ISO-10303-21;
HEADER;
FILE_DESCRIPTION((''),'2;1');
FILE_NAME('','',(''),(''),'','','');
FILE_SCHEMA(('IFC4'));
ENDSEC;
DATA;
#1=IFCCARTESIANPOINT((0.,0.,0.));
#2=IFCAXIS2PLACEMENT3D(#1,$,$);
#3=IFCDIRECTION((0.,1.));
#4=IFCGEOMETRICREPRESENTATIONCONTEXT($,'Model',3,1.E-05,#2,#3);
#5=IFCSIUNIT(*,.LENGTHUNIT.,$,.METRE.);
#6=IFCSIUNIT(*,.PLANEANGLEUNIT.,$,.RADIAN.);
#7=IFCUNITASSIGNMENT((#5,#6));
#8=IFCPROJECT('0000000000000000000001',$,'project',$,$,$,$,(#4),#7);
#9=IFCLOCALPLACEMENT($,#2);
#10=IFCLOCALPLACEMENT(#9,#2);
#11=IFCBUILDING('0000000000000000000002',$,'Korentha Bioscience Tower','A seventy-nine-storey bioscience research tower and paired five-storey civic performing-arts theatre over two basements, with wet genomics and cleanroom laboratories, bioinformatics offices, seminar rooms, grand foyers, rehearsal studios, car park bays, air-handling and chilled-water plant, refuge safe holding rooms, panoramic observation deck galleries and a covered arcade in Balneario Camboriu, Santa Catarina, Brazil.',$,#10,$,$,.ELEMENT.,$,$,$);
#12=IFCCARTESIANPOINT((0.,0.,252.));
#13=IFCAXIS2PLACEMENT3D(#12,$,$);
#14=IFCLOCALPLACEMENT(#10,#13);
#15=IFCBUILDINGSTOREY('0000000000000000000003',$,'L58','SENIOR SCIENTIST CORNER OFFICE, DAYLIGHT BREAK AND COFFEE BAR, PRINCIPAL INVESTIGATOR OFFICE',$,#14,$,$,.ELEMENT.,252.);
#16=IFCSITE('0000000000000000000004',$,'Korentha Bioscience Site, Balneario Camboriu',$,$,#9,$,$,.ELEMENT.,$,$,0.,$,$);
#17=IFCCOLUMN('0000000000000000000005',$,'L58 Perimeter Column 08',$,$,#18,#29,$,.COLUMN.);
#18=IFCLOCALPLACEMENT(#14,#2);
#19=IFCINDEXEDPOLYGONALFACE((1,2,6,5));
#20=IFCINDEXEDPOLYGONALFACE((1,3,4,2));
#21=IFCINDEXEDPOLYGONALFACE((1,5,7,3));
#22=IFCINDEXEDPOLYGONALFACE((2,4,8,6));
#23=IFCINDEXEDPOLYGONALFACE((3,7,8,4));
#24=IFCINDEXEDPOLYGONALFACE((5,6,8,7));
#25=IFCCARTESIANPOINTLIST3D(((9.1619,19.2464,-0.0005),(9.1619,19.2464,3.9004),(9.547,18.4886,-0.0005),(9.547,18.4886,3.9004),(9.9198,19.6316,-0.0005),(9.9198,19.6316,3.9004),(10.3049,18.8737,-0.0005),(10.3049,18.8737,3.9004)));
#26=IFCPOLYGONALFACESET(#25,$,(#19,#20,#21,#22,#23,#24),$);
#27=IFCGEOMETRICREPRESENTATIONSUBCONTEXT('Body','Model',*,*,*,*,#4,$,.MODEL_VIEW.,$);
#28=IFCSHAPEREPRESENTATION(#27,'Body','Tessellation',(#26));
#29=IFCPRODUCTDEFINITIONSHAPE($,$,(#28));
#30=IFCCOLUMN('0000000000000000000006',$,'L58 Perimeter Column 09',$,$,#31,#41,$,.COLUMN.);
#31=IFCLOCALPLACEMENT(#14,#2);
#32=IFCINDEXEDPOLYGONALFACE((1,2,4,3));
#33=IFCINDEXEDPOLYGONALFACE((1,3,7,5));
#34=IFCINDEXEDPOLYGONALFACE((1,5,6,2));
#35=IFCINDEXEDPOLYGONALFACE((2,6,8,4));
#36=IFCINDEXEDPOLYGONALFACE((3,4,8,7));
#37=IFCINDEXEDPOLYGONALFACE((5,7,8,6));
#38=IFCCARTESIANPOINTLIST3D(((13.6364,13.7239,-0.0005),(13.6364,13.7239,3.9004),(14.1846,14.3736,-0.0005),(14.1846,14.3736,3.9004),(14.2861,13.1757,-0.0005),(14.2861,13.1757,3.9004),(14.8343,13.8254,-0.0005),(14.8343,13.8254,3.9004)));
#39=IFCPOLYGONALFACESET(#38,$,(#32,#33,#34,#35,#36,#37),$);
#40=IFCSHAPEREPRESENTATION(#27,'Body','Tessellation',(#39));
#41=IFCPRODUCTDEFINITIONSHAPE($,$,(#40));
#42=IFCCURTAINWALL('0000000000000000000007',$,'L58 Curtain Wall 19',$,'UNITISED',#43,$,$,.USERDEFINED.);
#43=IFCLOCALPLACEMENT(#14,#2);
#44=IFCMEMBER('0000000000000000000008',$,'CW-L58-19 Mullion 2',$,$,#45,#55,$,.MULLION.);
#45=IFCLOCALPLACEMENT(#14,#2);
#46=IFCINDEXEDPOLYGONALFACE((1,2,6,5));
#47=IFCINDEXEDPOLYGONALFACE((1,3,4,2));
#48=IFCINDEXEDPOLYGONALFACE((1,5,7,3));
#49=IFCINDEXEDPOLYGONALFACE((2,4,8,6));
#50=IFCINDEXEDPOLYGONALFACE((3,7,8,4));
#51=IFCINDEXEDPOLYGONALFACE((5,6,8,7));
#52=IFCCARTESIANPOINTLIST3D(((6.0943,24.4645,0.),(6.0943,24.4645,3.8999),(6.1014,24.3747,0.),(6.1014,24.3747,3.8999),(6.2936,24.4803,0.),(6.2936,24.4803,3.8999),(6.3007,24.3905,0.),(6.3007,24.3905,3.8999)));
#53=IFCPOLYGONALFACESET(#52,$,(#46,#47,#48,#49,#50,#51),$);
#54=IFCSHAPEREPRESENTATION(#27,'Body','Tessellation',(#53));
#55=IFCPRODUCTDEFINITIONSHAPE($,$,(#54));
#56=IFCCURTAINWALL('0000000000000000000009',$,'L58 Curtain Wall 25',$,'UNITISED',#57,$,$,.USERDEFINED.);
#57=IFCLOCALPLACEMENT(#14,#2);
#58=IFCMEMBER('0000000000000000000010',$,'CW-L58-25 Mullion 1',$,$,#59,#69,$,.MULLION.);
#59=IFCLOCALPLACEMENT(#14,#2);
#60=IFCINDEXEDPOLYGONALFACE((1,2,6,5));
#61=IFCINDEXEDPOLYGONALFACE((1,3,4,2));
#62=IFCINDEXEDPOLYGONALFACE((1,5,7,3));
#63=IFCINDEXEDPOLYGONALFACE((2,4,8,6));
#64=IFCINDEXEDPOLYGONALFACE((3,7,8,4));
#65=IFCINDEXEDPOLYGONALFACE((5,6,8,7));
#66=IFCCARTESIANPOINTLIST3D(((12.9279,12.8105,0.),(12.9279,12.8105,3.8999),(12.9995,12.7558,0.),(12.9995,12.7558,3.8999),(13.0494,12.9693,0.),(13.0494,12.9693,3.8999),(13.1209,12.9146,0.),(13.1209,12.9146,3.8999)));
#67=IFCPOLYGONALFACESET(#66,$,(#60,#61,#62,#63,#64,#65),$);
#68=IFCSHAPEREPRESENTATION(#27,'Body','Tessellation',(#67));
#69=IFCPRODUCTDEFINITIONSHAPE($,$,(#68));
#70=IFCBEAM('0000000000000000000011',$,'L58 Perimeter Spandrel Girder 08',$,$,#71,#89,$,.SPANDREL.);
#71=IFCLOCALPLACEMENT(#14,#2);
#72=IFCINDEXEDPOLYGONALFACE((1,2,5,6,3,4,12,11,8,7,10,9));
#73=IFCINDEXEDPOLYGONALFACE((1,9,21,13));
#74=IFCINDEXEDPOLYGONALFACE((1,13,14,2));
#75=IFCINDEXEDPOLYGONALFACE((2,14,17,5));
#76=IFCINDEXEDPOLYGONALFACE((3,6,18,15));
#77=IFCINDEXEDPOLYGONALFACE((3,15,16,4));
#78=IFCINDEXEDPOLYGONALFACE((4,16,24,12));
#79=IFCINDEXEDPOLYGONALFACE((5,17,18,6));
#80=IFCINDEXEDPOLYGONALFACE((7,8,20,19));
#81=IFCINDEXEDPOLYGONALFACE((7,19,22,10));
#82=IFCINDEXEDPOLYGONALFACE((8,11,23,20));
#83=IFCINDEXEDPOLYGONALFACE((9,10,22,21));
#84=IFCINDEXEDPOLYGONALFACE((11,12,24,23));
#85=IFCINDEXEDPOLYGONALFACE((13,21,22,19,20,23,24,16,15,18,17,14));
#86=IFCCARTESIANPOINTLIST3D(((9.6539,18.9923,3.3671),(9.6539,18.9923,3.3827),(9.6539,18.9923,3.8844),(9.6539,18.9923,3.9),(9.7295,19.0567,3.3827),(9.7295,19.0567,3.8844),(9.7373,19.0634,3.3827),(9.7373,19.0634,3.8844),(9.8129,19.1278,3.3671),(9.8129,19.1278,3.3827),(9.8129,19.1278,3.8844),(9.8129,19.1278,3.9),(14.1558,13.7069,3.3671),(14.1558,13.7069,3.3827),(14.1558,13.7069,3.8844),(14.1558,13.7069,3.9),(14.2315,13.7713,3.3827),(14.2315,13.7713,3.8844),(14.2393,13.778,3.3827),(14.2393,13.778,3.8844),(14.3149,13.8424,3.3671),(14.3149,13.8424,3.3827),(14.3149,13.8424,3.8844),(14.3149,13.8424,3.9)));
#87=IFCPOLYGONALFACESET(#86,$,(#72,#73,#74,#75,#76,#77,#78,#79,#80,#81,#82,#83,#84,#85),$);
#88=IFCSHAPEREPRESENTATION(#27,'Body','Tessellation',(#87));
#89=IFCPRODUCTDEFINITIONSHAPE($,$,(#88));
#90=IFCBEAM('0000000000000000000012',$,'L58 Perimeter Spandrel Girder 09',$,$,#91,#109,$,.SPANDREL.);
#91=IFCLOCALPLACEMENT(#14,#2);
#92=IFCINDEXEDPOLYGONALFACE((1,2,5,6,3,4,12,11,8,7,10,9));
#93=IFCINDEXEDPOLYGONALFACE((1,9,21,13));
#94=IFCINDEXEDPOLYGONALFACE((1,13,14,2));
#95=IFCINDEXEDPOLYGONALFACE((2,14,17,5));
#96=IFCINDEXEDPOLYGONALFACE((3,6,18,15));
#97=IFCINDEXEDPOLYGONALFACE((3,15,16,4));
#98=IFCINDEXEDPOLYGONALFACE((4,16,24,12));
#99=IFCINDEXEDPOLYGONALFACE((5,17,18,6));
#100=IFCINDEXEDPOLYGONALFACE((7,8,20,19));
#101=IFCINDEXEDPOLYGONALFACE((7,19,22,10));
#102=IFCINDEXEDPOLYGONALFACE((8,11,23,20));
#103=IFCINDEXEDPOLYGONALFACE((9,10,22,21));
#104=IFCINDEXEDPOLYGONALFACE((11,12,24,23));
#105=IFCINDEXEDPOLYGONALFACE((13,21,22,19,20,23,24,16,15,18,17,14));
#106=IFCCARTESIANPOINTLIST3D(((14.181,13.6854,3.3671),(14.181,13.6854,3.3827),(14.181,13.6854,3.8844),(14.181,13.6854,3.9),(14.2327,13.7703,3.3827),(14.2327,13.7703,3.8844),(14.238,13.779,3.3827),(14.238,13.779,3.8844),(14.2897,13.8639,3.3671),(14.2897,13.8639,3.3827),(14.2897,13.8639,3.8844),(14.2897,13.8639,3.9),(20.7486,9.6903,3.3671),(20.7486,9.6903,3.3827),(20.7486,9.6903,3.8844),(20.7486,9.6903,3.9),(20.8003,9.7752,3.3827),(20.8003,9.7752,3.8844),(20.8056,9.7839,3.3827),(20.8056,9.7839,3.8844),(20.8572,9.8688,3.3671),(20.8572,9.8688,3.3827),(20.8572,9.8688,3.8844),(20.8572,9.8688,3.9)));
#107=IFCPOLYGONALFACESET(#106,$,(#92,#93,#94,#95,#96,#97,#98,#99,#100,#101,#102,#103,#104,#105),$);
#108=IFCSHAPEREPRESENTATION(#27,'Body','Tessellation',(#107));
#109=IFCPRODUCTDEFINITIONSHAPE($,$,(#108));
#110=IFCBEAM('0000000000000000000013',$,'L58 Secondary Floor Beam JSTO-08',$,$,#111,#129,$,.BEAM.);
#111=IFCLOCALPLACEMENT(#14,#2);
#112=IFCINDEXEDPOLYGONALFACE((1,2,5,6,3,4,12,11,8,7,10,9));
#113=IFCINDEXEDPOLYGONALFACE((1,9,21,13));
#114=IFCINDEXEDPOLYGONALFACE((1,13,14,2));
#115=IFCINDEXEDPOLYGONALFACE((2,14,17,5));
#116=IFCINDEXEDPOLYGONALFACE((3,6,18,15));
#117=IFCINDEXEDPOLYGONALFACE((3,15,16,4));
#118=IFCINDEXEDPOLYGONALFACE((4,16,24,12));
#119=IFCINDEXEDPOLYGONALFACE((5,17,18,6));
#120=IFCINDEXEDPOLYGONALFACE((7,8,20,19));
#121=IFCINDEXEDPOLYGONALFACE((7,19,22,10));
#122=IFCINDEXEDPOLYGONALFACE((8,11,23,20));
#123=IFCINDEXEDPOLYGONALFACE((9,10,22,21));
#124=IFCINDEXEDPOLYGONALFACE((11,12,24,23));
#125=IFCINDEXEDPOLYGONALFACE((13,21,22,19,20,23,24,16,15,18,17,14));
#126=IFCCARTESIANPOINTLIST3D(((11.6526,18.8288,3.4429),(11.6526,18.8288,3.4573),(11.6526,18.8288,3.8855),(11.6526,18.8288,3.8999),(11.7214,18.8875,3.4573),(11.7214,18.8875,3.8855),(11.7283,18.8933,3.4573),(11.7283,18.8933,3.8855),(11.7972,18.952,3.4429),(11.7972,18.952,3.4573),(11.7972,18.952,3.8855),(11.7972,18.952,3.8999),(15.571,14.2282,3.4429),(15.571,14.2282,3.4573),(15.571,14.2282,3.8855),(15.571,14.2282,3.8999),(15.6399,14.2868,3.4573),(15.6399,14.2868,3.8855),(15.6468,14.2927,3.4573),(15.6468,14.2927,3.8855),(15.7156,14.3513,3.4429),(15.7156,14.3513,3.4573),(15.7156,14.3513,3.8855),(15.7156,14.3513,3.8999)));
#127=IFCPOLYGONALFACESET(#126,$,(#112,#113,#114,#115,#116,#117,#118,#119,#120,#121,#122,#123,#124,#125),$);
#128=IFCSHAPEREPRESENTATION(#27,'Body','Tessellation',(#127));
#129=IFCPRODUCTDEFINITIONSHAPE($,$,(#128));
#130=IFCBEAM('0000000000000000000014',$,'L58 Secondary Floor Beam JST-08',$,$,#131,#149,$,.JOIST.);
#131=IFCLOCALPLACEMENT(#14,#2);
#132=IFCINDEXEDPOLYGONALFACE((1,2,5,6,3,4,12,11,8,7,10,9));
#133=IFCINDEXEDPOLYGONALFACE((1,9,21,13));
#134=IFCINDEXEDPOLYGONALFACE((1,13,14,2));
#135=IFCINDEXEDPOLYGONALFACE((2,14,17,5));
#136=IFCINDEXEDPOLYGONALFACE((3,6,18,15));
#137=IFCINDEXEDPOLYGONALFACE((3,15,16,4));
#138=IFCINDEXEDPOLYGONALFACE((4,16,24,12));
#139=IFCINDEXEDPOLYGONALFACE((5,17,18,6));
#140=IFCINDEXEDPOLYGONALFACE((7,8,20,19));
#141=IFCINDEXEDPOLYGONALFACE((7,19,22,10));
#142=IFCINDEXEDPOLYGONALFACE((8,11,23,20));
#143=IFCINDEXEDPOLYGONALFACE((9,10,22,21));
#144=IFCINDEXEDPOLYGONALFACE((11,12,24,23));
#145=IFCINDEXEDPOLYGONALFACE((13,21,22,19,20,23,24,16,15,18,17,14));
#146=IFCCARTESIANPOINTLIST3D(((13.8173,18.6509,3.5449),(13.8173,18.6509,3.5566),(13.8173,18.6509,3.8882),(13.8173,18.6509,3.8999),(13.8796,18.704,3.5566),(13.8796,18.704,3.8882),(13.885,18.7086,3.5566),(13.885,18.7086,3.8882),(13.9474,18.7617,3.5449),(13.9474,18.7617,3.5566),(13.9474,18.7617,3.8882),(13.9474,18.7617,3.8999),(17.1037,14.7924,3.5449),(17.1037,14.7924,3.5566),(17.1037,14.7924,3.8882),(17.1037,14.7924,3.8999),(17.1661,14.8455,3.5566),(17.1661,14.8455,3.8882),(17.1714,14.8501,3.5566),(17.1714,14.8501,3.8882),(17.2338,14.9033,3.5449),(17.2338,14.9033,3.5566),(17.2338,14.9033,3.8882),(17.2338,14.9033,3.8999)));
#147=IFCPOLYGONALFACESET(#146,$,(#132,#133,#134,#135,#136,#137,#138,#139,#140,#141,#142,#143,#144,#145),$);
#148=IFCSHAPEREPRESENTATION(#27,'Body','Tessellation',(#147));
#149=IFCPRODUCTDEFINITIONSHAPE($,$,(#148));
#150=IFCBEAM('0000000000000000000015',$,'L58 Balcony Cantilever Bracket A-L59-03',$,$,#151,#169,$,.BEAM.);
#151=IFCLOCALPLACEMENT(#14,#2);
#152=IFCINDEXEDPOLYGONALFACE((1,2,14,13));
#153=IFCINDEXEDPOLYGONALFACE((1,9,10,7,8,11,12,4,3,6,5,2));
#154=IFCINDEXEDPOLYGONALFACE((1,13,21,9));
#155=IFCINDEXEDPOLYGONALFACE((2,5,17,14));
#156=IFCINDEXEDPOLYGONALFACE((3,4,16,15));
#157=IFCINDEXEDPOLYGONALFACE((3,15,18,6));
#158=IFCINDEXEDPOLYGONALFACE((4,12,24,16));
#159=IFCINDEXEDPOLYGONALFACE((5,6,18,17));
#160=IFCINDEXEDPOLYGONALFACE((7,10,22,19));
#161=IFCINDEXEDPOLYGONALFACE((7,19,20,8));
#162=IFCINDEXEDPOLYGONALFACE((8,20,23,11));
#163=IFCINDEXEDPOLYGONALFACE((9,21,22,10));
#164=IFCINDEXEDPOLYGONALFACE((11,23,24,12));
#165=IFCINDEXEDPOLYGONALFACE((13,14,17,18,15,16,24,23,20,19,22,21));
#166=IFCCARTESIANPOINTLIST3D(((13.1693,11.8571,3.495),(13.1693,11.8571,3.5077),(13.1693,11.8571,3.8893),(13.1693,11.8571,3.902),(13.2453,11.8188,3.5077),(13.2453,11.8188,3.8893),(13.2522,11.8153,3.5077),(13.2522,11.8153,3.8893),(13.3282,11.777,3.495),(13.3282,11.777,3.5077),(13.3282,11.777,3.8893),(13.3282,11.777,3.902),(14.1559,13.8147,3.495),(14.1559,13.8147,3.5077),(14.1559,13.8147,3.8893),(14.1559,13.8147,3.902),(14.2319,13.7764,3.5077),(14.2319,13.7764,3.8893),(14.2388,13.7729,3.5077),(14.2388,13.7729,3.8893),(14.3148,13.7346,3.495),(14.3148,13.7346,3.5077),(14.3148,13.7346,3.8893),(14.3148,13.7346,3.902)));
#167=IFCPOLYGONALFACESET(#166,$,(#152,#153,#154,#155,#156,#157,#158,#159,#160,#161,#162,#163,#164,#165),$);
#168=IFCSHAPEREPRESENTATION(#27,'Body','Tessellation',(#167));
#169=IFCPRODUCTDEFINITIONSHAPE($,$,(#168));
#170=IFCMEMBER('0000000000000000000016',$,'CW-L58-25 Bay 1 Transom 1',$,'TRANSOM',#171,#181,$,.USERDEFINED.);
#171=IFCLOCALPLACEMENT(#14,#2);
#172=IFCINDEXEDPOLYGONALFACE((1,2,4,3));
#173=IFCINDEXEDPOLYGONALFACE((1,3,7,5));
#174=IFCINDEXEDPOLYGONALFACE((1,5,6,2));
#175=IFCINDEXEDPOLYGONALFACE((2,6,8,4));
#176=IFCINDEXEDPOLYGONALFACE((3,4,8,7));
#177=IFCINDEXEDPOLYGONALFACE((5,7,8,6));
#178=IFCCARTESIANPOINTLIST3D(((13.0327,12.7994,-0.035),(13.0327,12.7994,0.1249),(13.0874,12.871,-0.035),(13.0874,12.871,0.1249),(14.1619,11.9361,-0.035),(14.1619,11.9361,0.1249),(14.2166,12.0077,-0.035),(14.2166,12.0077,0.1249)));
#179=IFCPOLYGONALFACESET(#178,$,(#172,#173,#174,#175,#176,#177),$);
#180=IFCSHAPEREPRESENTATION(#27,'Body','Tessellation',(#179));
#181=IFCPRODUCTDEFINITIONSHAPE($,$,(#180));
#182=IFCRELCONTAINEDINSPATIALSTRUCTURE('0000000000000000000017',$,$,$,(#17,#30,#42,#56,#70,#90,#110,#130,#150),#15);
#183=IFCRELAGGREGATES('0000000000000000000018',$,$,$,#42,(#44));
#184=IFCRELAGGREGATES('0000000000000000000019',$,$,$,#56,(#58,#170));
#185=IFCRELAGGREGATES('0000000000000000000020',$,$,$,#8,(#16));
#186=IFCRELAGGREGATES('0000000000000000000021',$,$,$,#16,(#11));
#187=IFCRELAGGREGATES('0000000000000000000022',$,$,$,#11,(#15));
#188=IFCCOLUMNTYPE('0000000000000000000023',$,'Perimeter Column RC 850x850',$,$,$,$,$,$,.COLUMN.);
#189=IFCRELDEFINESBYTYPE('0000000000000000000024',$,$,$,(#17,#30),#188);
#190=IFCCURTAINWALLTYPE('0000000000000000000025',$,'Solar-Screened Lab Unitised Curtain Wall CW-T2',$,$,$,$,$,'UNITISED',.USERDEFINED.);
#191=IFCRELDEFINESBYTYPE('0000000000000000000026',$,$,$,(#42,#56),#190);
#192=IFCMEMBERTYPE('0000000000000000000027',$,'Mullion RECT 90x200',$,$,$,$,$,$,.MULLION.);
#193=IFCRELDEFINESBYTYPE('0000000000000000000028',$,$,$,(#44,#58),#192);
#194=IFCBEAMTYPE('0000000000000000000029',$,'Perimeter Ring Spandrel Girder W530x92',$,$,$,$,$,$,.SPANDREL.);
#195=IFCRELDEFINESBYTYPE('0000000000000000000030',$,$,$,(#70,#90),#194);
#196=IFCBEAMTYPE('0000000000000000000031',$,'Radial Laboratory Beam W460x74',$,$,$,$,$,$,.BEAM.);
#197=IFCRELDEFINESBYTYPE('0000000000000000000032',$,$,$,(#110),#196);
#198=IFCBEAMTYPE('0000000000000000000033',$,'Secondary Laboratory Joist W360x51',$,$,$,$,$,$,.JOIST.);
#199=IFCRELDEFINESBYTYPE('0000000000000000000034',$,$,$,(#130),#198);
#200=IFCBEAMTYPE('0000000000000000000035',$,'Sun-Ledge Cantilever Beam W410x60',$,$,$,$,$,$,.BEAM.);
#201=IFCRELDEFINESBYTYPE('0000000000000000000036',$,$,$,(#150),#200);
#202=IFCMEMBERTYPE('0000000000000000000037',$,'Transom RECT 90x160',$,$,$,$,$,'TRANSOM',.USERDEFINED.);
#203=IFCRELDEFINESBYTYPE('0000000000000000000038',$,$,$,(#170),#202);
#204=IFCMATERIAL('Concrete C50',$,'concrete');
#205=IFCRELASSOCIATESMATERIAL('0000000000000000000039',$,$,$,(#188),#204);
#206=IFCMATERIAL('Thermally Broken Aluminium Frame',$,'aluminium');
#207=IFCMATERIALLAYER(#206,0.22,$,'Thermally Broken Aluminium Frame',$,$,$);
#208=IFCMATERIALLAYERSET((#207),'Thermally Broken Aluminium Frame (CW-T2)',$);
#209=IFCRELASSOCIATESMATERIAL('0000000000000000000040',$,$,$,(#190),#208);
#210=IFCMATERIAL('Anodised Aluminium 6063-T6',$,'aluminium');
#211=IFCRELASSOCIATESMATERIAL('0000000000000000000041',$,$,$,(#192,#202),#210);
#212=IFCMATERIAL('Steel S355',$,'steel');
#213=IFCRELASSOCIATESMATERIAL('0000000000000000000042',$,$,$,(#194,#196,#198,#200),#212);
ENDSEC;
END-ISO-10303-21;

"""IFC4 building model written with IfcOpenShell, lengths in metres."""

from ifc_helpers import new_model, si_unit, direction, frame, origin, origin_2d, place, context, subcontext, project, spatial, rectangle, i_section, extrude, material, layer, layer_set, material_profile, profile_set, type_object, element, aggregate, save


model = new_model("IFC4")

# Units and contexts
model_context = context("Model", 3, precision=1e-05, world=origin(), true_north=direction((0.0, 1.0)))
body_context = subcontext(model_context, "Body", "Model", "MODEL_VIEW")
ifc_project = project(units=[si_unit("LENGTHUNIT", "METRE"), si_unit("PLANEANGLEUNIT", "RADIAN")], contexts=[model_context])

# Site, building, storey
site_placement = place(None, origin())
site = spatial("IfcSite", under=ifc_project, at=site_placement, Name="Korentha Bioscience Site, Balneario Camboriu", CompositionType="ELEMENT", RefElevation=0.0)
building_placement = place(site_placement, origin())
building = spatial("IfcBuilding", under=site, at=building_placement, Name="Korentha Bioscience Tower", Description="A seventy-nine-storey bioscience research tower and paired five-storey civic performing-arts theatre over two basements, with wet genomics and cleanroom laboratories, bioinformatics offices, seminar rooms, grand foyers, rehearsal studios, car park bays, air-handling and chilled-water plant, refuge safe holding rooms, panoramic observation deck galleries and a covered arcade in Balneario Camboriu, Santa Catarina, Brazil.", CompositionType="ELEMENT")
storey_placement = place(building_placement, frame((0.0, 0.0, 252.0)))
storey = spatial("IfcBuildingStorey", under=building, at=storey_placement, Name="L58", Description="SENIOR SCIENTIST CORNER OFFICE, DAYLIGHT BREAK AND COFFEE BAR, PRINCIPAL INVESTIGATOR OFFICE", CompositionType="ELEMENT", Elevation=252.0)

# Columns
ifc_material_1 = material(Name="Concrete C50", Category="concrete")
ifc_material_profile_1 = material_profile(ifc_material_1, rectangle(XDim=0.8501, YDim=0.8501, at=origin_2d()), Name="Concrete C50")
ifc_profile_set_1 = profile_set([ifc_material_profile_1], Name="Concrete C50 (COL-P08)")
column_type = type_object("IfcColumnType", Name="Perimeter Column RC 850x850", PredefinedType="COLUMN", material=ifc_profile_set_1)
for number, where, z_axis, x_axis, name in (
    (1, (9.7334, 19.0601, -0.0005), (0.0, 0.0, 1.0), (-0.453057, 0.891481, 0.0), "L58 Perimeter Column 08"),
    (2, (14.2354, 13.7747, -0.0005), (0.0, 0.0, 1.0), (-0.764246, 0.644924, 0.0), "L58 Perimeter Column 09"),
):
    element("IfcColumn", number, at=place(storey_placement, frame(where, z_axis=z_axis, x_axis=x_axis)), inside=storey, type_object=column_type, Name=name, PredefinedType="COLUMN", context=body_context, shape_type="SweptSolid", body=[
        extrude(rectangle(XDim=0.8501, YDim=0.8501, at=origin_2d()), origin(), (0.0, 0.0, 1.0), 3.9009),
    ])

# Curtain walls, members
ifc_material_2 = material(Name="Thermally Broken Aluminium Frame", Category="aluminium")
ifc_layer_1 = layer(ifc_material_2, 0.22, Name="Thermally Broken Aluminium Frame")
ifc_layer_set_1 = layer_set([ifc_layer_1], Name="Thermally Broken Aluminium Frame (CW-T2)")
curtain_wall_type = type_object("IfcCurtainWallType", Name="Solar-Screened Lab Unitised Curtain Wall CW-T2", ElementType="UNITISED", PredefinedType="USERDEFINED", material=ifc_layer_set_1)
curtain_wall_1_placement = place(storey_placement, origin())
curtain_wall_1 = element("IfcCurtainWall", 3, at=curtain_wall_1_placement, inside=storey, type_object=curtain_wall_type, Name="L58 Curtain Wall 19", ObjectType="UNITISED", PredefinedType="USERDEFINED")
ifc_material_3 = material(Name="Anodised Aluminium 6063-T6", Category="aluminium")
ifc_material_profile_2 = material_profile(ifc_material_3, rectangle(XDim=0.0901, YDim=0.2, at=origin_2d()), Name="Anodised Aluminium 6063-T6")
ifc_profile_set_2 = profile_set([ifc_material_profile_2], Name="Anodised Aluminium 6063-T6 (CW-MUL)")
member_type_1 = type_object("IfcMemberType", Name="Mullion RECT 90x200", PredefinedType="MULLION", material=ifc_profile_set_2)
member_1_placement = place(storey_placement, frame((6.1975, 24.4275, 0.0), z_axis=(0.0, 0.0, 1.0), x_axis=(0.079117, -0.996865, 0.0)))
member_1 = element("IfcMember", 4, at=member_1_placement, type_object=member_type_1, Name="CW-L58-19 Mullion 2", PredefinedType="MULLION", context=body_context, shape_type="SweptSolid", body=[
    extrude(rectangle(XDim=0.0901, YDim=0.2, at=origin_2d()), origin(), (0.0, 0.0, 1.0), 3.8999),
])
aggregate(curtain_wall_1, [member_1])
curtain_wall_2_placement = place(storey_placement, origin())
curtain_wall_2 = element("IfcCurtainWall", 5, at=curtain_wall_2_placement, inside=storey, type_object=curtain_wall_type, Name="L58 Curtain Wall 25", ObjectType="UNITISED", PredefinedType="USERDEFINED")
member_2_placement = place(storey_placement, frame((13.0244, 12.8625, 0.0), z_axis=(0.0, 0.0, 1.0), x_axis=(0.794382, -0.607418, 0.0)))
member_2 = element("IfcMember", 6, at=member_2_placement, type_object=member_type_1, Name="CW-L58-25 Mullion 1", PredefinedType="MULLION", context=body_context, shape_type="SweptSolid", body=[
    extrude(rectangle(XDim=0.0901, YDim=0.2, at=origin_2d()), origin(), (0.0, 0.0, 1.0), 3.8999),
])

# Beams
ifc_material_4 = material(Name="Steel S355", Category="steel")
ifc_material_profile_3 = material_profile(ifc_material_4, i_section(OverallWidth=0.209, OverallDepth=0.533, WebThickness=0.0103, FlangeThickness=0.0156, at=origin_2d()), Name="Steel S355")
ifc_profile_set_3 = profile_set([ifc_material_profile_3], Name="Steel S355 (SB-530)")
beam_type_1 = type_object("IfcBeamType", Name="Perimeter Ring Spandrel Girder W530x92", PredefinedType="SPANDREL", material=ifc_profile_set_3)
beam_1_placement = place(storey_placement, frame((9.7334, 19.0601, 3.6335), z_axis=(0.648431, -0.761273, 0.0), x_axis=(0.761273, 0.648431, 0.0)))
element("IfcBeam", 7, at=beam_1_placement, inside=storey, type_object=beam_type_1, Name="L58 Perimeter Spandrel Girder 08", PredefinedType="SPANDREL", context=body_context, shape_type="SweptSolid", body=[
    extrude(i_section(OverallWidth=0.209, OverallDepth=0.533, WebThickness=0.0103, FlangeThickness=0.0156, at=origin_2d()), origin(), (0.0, 0.0, 1.0), 6.9429),
])
beam_2_placement = place(storey_placement, frame((14.2354, 13.7747, 3.6335), z_axis=(0.854347, -0.519703, 0.0), x_axis=(0.519703, 0.854347, 0.0)))
element("IfcBeam", 8, at=beam_2_placement, inside=storey, type_object=beam_type_1, Name="L58 Perimeter Spandrel Girder 09", PredefinedType="SPANDREL", context=body_context, shape_type="SweptSolid", body=[
    extrude(i_section(OverallWidth=0.209, OverallDepth=0.533, WebThickness=0.0103, FlangeThickness=0.0156, at=origin_2d()), origin(), (0.0, 0.0, 1.0), 7.6873),
])
ifc_material_profile_4 = material_profile(ifc_material_4, i_section(OverallWidth=0.1899, OverallDepth=0.457, WebThickness=0.009, FlangeThickness=0.0144, at=origin_2d()), Name="Steel S355")
ifc_profile_set_4 = profile_set([ifc_material_profile_4], Name="Steel S355 (RB-460)")
beam_type_2 = type_object("IfcBeamType", Name="Radial Laboratory Beam W460x74", PredefinedType="BEAM", material=ifc_profile_set_4)
beam_3_placement = place(storey_placement, frame((11.7249, 18.8904, 3.6714), z_axis=(0.648413, -0.761289, 0.0), x_axis=(0.761289, 0.648413, 0.0)))
element("IfcBeam", 9, at=beam_3_placement, inside=storey, type_object=beam_type_2, Name="L58 Secondary Floor Beam JSTO-08", PredefinedType="BEAM", context=body_context, shape_type="SweptSolid", body=[
    extrude(i_section(OverallWidth=0.1899, OverallDepth=0.457, WebThickness=0.009, FlangeThickness=0.0144, at=origin_2d()), origin(), (0.0, 0.0, 1.0), 6.0432),
])
ifc_material_profile_5 = material_profile(ifc_material_4, i_section(OverallWidth=0.1709, OverallDepth=0.355, WebThickness=0.0071, FlangeThickness=0.0117, at=origin_2d()), Name="Steel S355")
ifc_profile_set_5 = profile_set([ifc_material_profile_5], Name="Steel S355 (JB-360)")
beam_type_3 = type_object("IfcBeamType", Name="Secondary Laboratory Joist W360x51", PredefinedType="JOIST", material=ifc_profile_set_5)
beam_4_placement = place(storey_placement, frame((13.8823, 18.7063, 3.7224), z_axis=(0.64842, -0.761283, 0.0), x_axis=(0.761283, 0.64842, 0.0)))
element("IfcBeam", 10, at=beam_4_placement, inside=storey, type_object=beam_type_3, Name="L58 Secondary Floor Beam JST-08", PredefinedType="JOIST", context=body_context, shape_type="SweptSolid", body=[
    extrude(i_section(OverallWidth=0.1709, OverallDepth=0.355, WebThickness=0.0071, FlangeThickness=0.0117, at=origin_2d()), origin(), (0.0, 0.0, 1.0), 5.0684),
])
ifc_material_profile_6 = material_profile(ifc_material_4, i_section(OverallWidth=0.178, OverallDepth=0.407, WebThickness=0.0078, FlangeThickness=0.0127, at=origin_2d()), Name="Steel S355")
ifc_profile_set_6 = profile_set([ifc_material_profile_6], Name="Steel S355 (CB-410)")
beam_type_4 = type_object("IfcBeamType", Name="Sun-Ledge Cantilever Beam W410x60", PredefinedType="BEAM", material=ifc_profile_set_6)
beam_5_placement = place(storey_placement, frame((14.2354, 13.7747, 3.6985), z_axis=(-0.450062, -0.892997, 0.0), x_axis=(0.892997, -0.450062, 0.0)))
element("IfcBeam", 11, at=beam_5_placement, inside=storey, type_object=beam_type_4, Name="L58 Balcony Cantilever Bracket A-L59-03", PredefinedType="BEAM", context=body_context, shape_type="SweptSolid", body=[
    extrude(i_section(OverallWidth=0.178, OverallDepth=0.407, WebThickness=0.0078, FlangeThickness=0.0127, at=origin_2d()), origin(), (0.0, 0.0, 1.0), 2.1921),
])

# Member
ifc_material_profile_7 = material_profile(ifc_material_3, rectangle(XDim=0.0901, YDim=0.1599, at=origin_2d()), Name="Anodised Aluminium 6063-T6")
ifc_profile_set_7 = profile_set([ifc_material_profile_7], Name="Anodised Aluminium 6063-T6 (CW-TRN)")
member_type_2 = type_object("IfcMemberType", Name="Transom RECT 90x160", ElementType="TRANSOM", PredefinedType="USERDEFINED", material=ifc_profile_set_7)
member_3_placement = place(storey_placement, frame((13.0601, 12.8352, 0.0449), z_axis=(0.794421, -0.607367, 0.0), x_axis=(0.607367, 0.794421, 0.0)))
member_3 = element("IfcMember", 12, at=member_3_placement, type_object=member_type_2, Name="CW-L58-25 Bay 1 Transom 1", ObjectType="TRANSOM", PredefinedType="USERDEFINED", context=body_context, shape_type="SweptSolid", body=[
    extrude(rectangle(XDim=0.0901, YDim=0.1599, at=origin_2d()), origin(), (0.0, 0.0, 1.0), 1.4214),
])
aggregate(curtain_wall_2, [member_2, member_3])

save(model, "model.ifc")
